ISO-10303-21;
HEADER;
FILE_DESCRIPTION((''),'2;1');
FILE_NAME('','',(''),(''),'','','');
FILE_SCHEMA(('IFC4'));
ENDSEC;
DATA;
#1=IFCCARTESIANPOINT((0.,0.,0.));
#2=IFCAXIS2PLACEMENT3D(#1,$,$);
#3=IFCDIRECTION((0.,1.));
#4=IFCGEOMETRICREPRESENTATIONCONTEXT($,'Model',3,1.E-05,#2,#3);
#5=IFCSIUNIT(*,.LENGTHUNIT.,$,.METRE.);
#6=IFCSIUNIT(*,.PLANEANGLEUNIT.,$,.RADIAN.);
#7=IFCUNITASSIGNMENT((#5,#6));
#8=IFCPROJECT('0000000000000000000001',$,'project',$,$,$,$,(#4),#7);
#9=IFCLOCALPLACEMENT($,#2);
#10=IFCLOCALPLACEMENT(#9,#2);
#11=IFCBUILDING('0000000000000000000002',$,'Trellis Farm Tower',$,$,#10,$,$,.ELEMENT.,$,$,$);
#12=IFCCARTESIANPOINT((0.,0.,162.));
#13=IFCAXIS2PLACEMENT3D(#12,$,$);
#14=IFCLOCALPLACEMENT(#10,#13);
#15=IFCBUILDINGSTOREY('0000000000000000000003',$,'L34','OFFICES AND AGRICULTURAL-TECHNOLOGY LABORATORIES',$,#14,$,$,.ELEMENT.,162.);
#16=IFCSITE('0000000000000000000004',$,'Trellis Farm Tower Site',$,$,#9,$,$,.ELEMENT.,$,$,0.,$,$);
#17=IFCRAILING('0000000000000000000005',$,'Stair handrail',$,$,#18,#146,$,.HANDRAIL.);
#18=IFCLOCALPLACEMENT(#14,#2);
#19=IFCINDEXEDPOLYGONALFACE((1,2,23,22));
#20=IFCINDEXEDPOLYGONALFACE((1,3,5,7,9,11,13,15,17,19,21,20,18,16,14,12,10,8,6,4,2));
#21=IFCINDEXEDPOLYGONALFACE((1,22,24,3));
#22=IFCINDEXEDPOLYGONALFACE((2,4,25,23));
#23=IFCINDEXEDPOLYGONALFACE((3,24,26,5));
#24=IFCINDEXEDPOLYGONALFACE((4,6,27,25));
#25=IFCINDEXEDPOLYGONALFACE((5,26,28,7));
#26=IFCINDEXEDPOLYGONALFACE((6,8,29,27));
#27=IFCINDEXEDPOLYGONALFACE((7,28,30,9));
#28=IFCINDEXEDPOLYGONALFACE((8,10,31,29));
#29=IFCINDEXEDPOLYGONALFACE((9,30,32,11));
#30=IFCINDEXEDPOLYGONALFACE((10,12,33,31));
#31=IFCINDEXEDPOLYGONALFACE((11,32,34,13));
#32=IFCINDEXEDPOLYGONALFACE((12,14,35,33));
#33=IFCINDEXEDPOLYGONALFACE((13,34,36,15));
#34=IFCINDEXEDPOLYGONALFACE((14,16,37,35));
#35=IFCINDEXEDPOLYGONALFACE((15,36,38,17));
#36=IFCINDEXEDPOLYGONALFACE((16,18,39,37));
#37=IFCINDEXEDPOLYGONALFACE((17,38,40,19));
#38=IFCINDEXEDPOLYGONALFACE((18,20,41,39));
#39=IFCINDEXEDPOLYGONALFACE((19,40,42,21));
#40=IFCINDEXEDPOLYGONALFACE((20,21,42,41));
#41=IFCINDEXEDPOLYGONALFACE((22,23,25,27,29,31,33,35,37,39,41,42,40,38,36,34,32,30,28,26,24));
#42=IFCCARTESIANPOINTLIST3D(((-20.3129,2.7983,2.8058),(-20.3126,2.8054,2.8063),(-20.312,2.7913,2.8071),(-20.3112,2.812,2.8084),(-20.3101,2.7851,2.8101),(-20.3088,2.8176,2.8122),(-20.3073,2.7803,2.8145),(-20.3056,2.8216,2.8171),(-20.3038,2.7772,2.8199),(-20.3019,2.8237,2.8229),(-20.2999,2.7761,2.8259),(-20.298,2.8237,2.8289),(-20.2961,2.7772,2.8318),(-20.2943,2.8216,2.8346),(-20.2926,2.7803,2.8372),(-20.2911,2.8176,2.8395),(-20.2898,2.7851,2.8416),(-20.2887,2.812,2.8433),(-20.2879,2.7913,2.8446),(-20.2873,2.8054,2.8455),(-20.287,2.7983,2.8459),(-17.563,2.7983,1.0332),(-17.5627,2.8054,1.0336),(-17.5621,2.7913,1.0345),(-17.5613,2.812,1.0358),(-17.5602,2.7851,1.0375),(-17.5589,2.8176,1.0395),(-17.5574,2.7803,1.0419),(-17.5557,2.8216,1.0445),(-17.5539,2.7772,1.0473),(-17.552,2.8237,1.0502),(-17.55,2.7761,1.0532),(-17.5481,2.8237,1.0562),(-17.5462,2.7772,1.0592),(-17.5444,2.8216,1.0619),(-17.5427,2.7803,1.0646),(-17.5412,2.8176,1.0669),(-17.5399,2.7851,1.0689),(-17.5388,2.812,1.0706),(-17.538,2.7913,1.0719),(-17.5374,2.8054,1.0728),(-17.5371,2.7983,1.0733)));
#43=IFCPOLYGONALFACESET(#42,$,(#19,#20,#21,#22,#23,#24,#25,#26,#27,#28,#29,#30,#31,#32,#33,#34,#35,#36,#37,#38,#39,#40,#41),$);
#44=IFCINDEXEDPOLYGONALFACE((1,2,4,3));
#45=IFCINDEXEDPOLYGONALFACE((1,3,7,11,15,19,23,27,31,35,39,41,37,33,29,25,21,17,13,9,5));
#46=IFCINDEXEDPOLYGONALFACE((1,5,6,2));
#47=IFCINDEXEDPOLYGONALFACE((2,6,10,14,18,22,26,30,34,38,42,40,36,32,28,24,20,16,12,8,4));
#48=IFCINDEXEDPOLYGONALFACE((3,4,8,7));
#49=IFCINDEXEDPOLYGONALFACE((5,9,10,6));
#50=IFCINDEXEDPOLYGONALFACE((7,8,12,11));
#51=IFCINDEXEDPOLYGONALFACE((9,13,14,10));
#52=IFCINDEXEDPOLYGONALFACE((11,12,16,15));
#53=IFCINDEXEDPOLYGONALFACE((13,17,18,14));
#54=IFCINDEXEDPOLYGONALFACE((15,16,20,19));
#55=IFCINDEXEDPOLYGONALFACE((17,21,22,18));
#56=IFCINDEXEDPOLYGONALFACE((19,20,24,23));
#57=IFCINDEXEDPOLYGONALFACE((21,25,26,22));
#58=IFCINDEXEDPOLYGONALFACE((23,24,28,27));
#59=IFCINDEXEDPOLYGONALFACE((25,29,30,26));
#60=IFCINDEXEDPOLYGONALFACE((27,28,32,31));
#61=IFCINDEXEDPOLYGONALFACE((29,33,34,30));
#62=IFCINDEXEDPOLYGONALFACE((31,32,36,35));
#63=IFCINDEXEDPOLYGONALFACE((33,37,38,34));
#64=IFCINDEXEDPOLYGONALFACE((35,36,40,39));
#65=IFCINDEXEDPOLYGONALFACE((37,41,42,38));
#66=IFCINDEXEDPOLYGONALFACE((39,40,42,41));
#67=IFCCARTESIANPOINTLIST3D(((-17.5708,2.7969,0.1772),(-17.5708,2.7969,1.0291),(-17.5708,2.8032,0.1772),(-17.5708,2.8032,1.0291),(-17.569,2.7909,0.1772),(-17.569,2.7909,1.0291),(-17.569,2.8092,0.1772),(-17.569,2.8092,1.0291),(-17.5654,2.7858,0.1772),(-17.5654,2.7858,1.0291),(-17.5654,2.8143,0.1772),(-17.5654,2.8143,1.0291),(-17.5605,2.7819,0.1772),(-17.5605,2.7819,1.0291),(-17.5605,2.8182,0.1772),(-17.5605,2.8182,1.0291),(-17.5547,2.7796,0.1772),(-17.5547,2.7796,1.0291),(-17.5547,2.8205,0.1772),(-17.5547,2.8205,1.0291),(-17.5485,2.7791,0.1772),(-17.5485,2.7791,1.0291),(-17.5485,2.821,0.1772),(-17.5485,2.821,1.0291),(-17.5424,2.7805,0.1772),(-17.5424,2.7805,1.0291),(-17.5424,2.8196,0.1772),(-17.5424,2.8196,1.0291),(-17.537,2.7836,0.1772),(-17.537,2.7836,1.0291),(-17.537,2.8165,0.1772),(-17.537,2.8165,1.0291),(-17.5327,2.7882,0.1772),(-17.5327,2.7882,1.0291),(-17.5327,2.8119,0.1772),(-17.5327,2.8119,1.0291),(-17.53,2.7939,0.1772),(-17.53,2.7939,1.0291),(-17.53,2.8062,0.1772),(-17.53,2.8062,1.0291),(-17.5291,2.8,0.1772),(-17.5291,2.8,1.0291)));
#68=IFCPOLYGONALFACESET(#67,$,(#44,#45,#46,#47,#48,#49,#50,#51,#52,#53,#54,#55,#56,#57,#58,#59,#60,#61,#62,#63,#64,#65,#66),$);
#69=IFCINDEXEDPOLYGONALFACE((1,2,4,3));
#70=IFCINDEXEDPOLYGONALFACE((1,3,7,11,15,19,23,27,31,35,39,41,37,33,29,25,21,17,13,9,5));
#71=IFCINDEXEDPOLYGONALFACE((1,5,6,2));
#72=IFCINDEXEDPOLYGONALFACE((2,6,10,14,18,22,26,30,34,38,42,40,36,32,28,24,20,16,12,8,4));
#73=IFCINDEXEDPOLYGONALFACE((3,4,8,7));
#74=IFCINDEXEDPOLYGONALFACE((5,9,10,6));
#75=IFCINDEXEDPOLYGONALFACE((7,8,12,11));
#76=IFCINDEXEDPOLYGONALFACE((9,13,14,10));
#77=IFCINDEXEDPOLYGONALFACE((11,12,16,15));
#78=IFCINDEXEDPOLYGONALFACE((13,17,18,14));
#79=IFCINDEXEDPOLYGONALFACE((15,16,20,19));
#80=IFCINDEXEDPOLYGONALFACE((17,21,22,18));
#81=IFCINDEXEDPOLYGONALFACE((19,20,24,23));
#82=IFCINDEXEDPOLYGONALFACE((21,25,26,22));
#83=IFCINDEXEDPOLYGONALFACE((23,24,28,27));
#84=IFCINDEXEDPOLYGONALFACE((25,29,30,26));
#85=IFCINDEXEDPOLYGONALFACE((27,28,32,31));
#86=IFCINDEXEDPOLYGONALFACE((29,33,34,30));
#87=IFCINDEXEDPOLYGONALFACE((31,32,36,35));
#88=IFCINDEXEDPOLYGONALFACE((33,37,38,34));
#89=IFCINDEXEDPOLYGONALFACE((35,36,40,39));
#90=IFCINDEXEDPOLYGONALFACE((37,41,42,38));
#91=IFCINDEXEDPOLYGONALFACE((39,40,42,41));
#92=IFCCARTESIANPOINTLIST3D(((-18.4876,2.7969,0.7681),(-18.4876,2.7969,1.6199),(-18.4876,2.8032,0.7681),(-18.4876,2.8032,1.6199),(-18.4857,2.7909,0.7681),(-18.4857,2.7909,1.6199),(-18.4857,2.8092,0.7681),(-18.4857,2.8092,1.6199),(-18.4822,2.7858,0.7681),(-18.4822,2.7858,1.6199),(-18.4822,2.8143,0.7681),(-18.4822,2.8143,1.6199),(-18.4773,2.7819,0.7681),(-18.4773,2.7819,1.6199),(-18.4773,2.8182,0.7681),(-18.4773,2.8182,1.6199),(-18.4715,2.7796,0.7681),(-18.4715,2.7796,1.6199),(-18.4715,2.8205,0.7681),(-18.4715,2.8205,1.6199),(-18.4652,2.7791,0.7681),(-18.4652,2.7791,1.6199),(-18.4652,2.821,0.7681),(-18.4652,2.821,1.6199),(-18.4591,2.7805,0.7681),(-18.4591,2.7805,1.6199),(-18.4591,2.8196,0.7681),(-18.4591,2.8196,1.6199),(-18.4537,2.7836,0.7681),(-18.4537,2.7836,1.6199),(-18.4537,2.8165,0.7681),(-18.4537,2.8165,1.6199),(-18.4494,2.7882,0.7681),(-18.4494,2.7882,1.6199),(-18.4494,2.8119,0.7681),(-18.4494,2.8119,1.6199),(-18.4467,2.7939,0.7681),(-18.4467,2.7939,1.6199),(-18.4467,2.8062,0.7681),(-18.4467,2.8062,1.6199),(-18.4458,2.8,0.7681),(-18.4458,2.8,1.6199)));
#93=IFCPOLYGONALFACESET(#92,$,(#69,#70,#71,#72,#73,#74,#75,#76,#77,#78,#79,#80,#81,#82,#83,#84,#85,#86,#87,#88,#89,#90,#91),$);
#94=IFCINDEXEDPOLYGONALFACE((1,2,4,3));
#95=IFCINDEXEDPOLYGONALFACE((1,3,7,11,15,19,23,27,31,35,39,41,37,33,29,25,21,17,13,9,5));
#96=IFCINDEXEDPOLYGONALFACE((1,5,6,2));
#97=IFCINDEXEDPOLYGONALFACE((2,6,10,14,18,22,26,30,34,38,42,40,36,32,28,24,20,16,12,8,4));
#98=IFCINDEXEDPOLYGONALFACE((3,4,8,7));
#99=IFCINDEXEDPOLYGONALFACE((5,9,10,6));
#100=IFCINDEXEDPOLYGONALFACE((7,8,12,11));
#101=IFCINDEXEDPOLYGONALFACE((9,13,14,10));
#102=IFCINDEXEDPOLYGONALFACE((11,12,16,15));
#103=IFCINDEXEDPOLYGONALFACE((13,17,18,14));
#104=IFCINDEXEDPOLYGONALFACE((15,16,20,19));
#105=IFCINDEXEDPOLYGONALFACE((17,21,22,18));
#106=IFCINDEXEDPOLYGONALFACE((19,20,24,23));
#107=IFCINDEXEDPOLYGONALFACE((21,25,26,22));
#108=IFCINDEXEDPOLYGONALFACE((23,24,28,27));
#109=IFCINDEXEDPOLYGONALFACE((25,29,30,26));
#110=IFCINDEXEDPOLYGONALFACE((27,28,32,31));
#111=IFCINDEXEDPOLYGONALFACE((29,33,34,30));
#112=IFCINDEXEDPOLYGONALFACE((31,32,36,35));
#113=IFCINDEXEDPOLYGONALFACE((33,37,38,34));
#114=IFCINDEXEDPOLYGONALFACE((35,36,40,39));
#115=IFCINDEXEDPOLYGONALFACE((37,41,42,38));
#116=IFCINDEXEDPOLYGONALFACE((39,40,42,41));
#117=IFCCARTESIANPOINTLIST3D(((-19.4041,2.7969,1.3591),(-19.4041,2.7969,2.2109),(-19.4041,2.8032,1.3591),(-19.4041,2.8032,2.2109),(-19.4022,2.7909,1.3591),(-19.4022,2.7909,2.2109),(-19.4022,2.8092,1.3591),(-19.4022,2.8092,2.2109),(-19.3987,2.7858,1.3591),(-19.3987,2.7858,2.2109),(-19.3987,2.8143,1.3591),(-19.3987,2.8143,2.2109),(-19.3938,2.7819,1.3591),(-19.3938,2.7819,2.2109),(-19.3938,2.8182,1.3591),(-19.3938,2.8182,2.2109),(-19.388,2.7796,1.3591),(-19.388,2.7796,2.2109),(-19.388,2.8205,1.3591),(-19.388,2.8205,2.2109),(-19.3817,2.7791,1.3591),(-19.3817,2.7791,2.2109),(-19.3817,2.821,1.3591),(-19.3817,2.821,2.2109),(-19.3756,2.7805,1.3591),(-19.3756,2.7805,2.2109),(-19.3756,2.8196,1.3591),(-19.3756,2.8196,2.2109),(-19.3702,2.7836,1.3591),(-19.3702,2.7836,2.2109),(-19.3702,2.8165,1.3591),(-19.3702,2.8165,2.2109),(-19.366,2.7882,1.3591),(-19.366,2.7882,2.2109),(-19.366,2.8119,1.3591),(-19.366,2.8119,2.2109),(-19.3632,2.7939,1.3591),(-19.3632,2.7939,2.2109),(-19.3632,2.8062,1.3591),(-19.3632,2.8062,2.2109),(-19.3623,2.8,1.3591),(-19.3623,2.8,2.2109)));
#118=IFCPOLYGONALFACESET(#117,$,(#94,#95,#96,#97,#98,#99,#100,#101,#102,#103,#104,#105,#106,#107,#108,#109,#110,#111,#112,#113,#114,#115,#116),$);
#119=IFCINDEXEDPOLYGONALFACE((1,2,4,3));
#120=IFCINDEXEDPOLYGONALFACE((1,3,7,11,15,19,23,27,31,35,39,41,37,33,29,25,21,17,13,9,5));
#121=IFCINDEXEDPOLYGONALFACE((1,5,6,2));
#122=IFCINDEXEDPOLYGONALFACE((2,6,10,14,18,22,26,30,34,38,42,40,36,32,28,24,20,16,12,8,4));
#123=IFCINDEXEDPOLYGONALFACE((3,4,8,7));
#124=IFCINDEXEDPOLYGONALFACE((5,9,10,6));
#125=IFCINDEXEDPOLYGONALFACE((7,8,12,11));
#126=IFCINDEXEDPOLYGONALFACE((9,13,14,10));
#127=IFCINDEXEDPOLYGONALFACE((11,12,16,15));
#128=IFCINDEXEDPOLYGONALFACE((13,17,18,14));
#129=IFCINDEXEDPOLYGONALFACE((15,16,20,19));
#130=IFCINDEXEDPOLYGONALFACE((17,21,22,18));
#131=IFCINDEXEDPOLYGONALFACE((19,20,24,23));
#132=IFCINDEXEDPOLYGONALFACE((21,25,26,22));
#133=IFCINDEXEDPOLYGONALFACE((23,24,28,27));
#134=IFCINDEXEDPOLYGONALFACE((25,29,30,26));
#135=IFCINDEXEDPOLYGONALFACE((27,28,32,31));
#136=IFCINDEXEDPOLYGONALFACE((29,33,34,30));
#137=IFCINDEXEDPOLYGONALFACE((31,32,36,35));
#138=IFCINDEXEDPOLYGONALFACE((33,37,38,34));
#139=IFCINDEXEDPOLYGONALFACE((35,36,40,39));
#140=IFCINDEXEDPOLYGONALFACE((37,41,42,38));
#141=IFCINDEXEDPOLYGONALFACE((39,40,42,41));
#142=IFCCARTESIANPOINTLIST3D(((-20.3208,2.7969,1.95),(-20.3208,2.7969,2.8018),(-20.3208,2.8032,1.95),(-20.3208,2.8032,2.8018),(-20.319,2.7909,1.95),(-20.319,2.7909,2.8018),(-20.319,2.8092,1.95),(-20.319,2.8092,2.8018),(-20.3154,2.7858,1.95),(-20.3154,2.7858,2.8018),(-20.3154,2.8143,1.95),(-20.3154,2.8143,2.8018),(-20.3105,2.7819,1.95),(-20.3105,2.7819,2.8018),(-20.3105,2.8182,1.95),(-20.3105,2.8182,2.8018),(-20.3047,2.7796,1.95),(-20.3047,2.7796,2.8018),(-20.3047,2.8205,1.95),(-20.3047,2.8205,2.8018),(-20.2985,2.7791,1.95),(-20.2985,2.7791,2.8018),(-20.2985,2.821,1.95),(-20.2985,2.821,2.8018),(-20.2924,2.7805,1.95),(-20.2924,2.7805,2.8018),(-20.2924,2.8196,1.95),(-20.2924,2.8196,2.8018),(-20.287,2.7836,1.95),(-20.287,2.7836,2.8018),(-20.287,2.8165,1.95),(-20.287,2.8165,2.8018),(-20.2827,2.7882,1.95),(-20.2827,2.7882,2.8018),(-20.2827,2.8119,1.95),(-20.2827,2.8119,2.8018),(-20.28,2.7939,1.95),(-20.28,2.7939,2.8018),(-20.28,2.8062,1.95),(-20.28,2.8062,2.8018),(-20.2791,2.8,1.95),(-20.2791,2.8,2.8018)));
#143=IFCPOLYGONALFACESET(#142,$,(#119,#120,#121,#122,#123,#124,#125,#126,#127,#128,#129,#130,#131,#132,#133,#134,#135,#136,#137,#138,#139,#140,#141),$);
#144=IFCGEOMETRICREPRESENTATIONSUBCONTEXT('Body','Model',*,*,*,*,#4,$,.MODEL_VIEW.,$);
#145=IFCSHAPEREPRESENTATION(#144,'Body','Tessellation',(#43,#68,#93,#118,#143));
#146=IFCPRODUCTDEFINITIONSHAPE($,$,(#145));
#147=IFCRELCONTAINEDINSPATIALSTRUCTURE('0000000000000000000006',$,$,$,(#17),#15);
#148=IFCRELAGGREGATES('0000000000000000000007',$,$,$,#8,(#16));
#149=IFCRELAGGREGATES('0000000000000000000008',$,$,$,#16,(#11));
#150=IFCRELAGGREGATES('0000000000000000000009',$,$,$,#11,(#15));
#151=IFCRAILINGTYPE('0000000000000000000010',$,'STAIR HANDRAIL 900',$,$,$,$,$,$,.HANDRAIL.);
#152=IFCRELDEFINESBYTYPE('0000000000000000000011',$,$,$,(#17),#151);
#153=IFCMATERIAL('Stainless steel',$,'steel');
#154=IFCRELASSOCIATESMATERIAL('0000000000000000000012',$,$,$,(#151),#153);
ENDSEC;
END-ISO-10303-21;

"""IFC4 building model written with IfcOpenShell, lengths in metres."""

from ifc_helpers import new_model, si_unit, direction, frame, origin, origin_2d, place, context, subcontext, project, spatial, circle, extrude, source, transform, mapped, material, type_object, element, save


model = new_model("IFC4")

# Units and contexts
model_context = context("Model", 3, precision=1e-05, world=origin(), true_north=direction((0.0, 1.0)))
body_context = subcontext(model_context, "Body", "Model", "MODEL_VIEW")
ifc_project = project(units=[si_unit("LENGTHUNIT", "METRE"), si_unit("PLANEANGLEUNIT", "RADIAN")], contexts=[model_context])

# Site, building, storey
site_placement = place(None, origin())
site = spatial("IfcSite", under=ifc_project, at=site_placement, Name="Trellis Farm Tower Site", CompositionType="ELEMENT", RefElevation=0.0)
building_placement = place(site_placement, origin())
building = spatial("IfcBuilding", under=site, at=building_placement, Name="Trellis Farm Tower", CompositionType="ELEMENT")
storey_placement = place(building_placement, frame((0.0, 0.0, 162.0)))
storey = spatial("IfcBuildingStorey", under=building, at=storey_placement, Name="L34", Description="OFFICES AND AGRICULTURAL-TECHNOLOGY LABORATORIES", CompositionType="ELEMENT", Elevation=162.0)

# Railing
ifc_material_1 = material(Name="Stainless steel", Category="steel")
railing_type = type_object("IfcRailingType", Name="STAIR HANDRAIL 900", PredefinedType="HANDRAIL", material=ifc_material_1)
shared_shape_1 = source(origin(), body_context, "Body", "SweptSolid", [
    extrude(circle(Radius=0.0239, at=origin_2d()), frame((0.0, 0.0, 0.876), z_axis=(-0.840504, 0.0, 0.541806), x_axis=(0.0, -1.0, 0.0)), (0.0, 0.0, 1.0), 3.2717),
    extrude(circle(Radius=0.021, at=origin_2d()), origin(), (0.0, 0.0, 1.0), 0.8518),
    extrude(circle(Radius=0.021, at=origin_2d()), frame((-0.9167, 0.0, 0.5908)), (0.0, 0.0, 1.0), 0.8518),
    extrude(circle(Radius=0.021, at=origin_2d()), frame((-1.8333, 0.0, 1.1819)), (0.0, 0.0, 1.0), 0.8518),
    extrude(circle(Radius=0.021, at=origin_2d()), frame((-2.75, 0.0, 1.7727)), (0.0, 0.0, 1.0), 0.8518),
])
railing_placement = place(storey_placement, frame((-17.55, 2.8, 0.1772)))
element("IfcRailing", 1, at=railing_placement, inside=storey, type_object=railing_type, Name="Stair handrail", PredefinedType="HANDRAIL", context=body_context, shape_type="MappedRepresentation", body=[
    mapped(shared_shape_1, transform((0.0, 0.0, 0.0))),
])

save(model, "model.ifc")
